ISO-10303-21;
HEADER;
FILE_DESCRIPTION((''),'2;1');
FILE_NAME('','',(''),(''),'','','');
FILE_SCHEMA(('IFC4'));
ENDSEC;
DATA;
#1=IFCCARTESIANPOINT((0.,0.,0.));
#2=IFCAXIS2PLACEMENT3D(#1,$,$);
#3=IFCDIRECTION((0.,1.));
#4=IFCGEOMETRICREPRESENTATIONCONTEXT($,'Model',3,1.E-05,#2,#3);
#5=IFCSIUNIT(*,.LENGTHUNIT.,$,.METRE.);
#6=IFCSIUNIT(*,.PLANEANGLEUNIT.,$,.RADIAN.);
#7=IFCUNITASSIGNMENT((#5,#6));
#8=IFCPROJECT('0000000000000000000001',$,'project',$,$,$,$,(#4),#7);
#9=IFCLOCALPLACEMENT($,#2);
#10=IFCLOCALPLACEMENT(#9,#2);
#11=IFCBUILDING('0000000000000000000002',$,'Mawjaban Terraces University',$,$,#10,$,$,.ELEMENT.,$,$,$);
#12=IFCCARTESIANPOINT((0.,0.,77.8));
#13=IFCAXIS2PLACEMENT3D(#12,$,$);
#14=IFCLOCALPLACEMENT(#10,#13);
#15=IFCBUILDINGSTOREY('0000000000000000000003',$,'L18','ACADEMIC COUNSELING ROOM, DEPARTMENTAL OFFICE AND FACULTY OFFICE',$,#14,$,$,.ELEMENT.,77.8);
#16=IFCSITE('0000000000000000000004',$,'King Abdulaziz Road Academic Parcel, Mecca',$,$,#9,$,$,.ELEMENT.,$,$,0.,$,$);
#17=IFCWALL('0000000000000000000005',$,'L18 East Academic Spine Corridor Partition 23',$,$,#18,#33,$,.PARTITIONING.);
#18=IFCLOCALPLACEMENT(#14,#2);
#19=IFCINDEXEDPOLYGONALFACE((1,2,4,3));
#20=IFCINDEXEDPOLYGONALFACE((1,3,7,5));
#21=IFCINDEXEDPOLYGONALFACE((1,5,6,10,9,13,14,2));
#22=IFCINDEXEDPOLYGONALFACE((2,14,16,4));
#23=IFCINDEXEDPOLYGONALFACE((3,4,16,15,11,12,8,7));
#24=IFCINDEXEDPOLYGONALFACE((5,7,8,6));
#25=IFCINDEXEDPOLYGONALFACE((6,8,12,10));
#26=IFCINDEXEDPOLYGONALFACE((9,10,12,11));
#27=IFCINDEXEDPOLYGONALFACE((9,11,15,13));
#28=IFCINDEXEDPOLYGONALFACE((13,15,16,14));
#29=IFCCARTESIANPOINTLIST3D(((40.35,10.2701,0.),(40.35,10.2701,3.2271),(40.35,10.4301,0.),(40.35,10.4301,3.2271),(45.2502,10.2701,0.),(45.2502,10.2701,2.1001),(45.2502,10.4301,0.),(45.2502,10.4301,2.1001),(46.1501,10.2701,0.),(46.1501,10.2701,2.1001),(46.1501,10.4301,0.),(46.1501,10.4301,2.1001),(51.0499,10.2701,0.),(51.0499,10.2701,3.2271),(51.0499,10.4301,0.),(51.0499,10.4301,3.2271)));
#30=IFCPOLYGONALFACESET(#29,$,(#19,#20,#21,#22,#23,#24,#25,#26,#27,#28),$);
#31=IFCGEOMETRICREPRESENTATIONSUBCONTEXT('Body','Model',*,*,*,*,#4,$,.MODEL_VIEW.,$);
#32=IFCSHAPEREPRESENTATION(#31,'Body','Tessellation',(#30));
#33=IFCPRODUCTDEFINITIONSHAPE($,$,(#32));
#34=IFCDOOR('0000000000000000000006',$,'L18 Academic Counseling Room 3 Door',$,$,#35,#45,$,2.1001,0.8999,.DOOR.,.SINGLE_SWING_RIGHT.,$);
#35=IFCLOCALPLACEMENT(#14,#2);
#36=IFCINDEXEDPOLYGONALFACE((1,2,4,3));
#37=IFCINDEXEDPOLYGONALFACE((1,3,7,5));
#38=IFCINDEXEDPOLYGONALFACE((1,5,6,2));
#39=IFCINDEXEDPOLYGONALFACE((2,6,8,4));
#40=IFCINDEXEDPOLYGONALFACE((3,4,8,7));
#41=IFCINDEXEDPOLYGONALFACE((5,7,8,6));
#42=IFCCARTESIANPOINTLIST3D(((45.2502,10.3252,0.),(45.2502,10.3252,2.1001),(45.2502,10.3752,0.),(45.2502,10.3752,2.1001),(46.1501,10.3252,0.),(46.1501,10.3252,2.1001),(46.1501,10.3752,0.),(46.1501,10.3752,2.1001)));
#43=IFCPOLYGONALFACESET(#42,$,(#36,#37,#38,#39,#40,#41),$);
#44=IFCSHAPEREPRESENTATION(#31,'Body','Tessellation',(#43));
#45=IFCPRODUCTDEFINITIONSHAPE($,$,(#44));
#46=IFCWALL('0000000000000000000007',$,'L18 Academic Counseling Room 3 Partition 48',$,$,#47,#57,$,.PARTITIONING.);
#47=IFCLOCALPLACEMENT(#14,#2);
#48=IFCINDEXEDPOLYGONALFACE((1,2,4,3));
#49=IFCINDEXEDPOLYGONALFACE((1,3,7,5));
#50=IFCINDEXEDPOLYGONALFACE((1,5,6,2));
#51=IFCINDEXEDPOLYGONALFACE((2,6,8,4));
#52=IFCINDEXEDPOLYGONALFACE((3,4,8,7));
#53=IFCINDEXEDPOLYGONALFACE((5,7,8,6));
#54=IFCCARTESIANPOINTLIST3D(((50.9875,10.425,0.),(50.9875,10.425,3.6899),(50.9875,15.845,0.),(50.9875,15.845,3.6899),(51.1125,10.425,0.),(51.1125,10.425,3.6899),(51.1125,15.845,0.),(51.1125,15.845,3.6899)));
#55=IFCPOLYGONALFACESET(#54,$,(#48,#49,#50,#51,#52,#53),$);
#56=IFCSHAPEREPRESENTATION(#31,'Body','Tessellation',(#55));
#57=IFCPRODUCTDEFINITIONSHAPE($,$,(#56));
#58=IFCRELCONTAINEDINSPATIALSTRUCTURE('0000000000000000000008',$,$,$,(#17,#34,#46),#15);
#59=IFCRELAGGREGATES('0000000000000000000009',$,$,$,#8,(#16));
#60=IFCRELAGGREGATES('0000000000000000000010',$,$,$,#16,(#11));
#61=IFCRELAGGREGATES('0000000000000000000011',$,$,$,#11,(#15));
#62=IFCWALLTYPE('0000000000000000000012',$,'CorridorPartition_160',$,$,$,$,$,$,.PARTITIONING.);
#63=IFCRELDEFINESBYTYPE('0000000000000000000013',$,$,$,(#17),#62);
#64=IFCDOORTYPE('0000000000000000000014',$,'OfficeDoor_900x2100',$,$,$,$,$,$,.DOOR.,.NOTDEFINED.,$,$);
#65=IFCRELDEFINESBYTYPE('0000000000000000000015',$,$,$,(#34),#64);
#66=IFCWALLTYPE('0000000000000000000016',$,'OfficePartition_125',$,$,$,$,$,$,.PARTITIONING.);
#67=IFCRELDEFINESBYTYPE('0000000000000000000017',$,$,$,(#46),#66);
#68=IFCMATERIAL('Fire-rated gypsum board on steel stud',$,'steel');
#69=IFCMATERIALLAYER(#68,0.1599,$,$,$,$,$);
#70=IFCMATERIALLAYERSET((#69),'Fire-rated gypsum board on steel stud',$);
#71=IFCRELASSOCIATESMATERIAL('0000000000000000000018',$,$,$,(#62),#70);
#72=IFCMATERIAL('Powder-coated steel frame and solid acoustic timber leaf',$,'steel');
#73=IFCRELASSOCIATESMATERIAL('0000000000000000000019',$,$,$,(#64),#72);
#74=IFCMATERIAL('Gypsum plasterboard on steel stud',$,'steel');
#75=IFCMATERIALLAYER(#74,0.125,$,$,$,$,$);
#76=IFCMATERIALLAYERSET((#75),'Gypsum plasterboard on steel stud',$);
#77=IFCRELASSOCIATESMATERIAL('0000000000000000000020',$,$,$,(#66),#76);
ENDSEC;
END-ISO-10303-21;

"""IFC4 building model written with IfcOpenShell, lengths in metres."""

from ifc_helpers import new_model, si_unit, direction, frame, frame_2d, origin, place, context, subcontext, project, spatial, rectangle, extrude, material, layer, layer_set, type_object, element, fill, save


model = new_model("IFC4")

# Units and contexts
model_context = context("Model", 3, precision=1e-05, world=origin(), true_north=direction((0.0, 1.0)))
body_context = subcontext(model_context, "Body", "Model", "MODEL_VIEW")
ifc_project = project(units=[si_unit("LENGTHUNIT", "METRE"), si_unit("PLANEANGLEUNIT", "RADIAN")], contexts=[model_context])

# Site, building, storey
site_placement = place(None, origin())
site = spatial("IfcSite", under=ifc_project, at=site_placement, Name="King Abdulaziz Road Academic Parcel, Mecca", CompositionType="ELEMENT", RefElevation=0.0)
building_placement = place(site_placement, origin())
building = spatial("IfcBuilding", under=site, at=building_placement, Name="Mawjaban Terraces University", CompositionType="ELEMENT")
storey_placement = place(building_placement, frame((0.0, 0.0, 77.8)))
storey = spatial("IfcBuildingStorey", under=building, at=storey_placement, Name="L18", Description="ACADEMIC COUNSELING ROOM, DEPARTMENTAL OFFICE AND FACULTY OFFICE", CompositionType="ELEMENT", Elevation=77.8)

# Wall, opening, door
ifc_material_1 = material(Name="Fire-rated gypsum board on steel stud", Category="steel")
ifc_layer_1 = layer(ifc_material_1, 0.1599)
ifc_layer_set_1 = layer_set([ifc_layer_1], Name="Fire-rated gypsum board on steel stud")
wall_type_1 = type_object("IfcWallType", Name="CorridorPartition_160", PredefinedType="PARTITIONING", material=ifc_layer_set_1)
ifc_material_2 = material(Name="Powder-coated steel frame and solid acoustic timber leaf", Category="steel")
door_type = type_object("IfcDoorType", Name="OfficeDoor_900x2100", OperationType="NOTDEFINED", PredefinedType="DOOR", material=ifc_material_2)
wall_1_placement = place(storey_placement, frame((51.05, 10.3501, 0.0), z_axis=(0.0, 0.0, 1.0), x_axis=(-1.0, 0.0, 0.0)))
wall_1 = element("IfcWall", 1, at=wall_1_placement, inside=storey, type_object=wall_type_1, Name="L18 East Academic Spine Corridor Partition 23", PredefinedType="PARTITIONING", context=body_context, shape_type="SweptSolid", body=[
    extrude(rectangle(XDim=10.7, YDim=0.1599, at=frame_2d((5.3501, 0.0))), origin(), (0.0, 0.0, 1.0), 3.2271),
])
opening_1_placement = place(wall_1_placement, frame((4.8999, 0.0, 0.0)))
opening_1 = element("IfcOpeningElement", 2, at=opening_1_placement, cuts=wall_1, PredefinedType="OPENING", context=body_context, shape_type="SweptSolid", body=[
    extrude(rectangle(XDim=0.8999, YDim=2.1001, at=frame_2d((0.45, 1.05))), frame((0.0, 0.0898, 0.0), z_axis=(0.0, -1.0, 0.0), x_axis=(1.0, 0.0, 0.0)), (0.0, 0.0, 1.0), 0.1799),
])
door_1_placement = place(opening_1_placement, origin())
door_1 = element("IfcDoor", 3, at=door_1_placement, inside=storey, type_object=door_type, Name="L18 Academic Counseling Room 3 Door", OperationType="SINGLE_SWING_RIGHT", OverallHeight=2.1001, OverallWidth=0.8999, PredefinedType="DOOR", context=body_context, shape_type="SweptSolid", body=[
    extrude(rectangle(XDim=0.8999, YDim=2.1001, at=frame_2d((0.45, 1.05))), frame((0.0, 0.0249, 0.0), z_axis=(0.0, -1.0, 0.0), x_axis=(1.0, 0.0, 0.0)), (0.0, 0.0, 1.0), 0.05),
])
fill(opening_1, door_1)

# Wall
ifc_material_3 = material(Name="Gypsum plasterboard on steel stud", Category="steel")
ifc_layer_2 = layer(ifc_material_3, 0.125)
ifc_layer_set_2 = layer_set([ifc_layer_2], Name="Gypsum plasterboard on steel stud")
wall_type_2 = type_object("IfcWallType", Name="OfficePartition_125", PredefinedType="PARTITIONING", material=ifc_layer_set_2)
wall_2_placement = place(storey_placement, frame((51.05, 10.425, 0.0), z_axis=(0.0, 0.0, 1.0), x_axis=(0.0, 1.0, 0.0)))
element("IfcWall", 4, at=wall_2_placement, inside=storey, type_object=wall_type_2, Name="L18 Academic Counseling Room 3 Partition 48", PredefinedType="PARTITIONING", context=body_context, shape_type="SweptSolid", body=[
    extrude(rectangle(XDim=5.4199, YDim=0.125, at=frame_2d((2.71, 0.0))), origin(), (0.0, 0.0, 1.0), 3.6899),
])

save(model, "model.ifc")
